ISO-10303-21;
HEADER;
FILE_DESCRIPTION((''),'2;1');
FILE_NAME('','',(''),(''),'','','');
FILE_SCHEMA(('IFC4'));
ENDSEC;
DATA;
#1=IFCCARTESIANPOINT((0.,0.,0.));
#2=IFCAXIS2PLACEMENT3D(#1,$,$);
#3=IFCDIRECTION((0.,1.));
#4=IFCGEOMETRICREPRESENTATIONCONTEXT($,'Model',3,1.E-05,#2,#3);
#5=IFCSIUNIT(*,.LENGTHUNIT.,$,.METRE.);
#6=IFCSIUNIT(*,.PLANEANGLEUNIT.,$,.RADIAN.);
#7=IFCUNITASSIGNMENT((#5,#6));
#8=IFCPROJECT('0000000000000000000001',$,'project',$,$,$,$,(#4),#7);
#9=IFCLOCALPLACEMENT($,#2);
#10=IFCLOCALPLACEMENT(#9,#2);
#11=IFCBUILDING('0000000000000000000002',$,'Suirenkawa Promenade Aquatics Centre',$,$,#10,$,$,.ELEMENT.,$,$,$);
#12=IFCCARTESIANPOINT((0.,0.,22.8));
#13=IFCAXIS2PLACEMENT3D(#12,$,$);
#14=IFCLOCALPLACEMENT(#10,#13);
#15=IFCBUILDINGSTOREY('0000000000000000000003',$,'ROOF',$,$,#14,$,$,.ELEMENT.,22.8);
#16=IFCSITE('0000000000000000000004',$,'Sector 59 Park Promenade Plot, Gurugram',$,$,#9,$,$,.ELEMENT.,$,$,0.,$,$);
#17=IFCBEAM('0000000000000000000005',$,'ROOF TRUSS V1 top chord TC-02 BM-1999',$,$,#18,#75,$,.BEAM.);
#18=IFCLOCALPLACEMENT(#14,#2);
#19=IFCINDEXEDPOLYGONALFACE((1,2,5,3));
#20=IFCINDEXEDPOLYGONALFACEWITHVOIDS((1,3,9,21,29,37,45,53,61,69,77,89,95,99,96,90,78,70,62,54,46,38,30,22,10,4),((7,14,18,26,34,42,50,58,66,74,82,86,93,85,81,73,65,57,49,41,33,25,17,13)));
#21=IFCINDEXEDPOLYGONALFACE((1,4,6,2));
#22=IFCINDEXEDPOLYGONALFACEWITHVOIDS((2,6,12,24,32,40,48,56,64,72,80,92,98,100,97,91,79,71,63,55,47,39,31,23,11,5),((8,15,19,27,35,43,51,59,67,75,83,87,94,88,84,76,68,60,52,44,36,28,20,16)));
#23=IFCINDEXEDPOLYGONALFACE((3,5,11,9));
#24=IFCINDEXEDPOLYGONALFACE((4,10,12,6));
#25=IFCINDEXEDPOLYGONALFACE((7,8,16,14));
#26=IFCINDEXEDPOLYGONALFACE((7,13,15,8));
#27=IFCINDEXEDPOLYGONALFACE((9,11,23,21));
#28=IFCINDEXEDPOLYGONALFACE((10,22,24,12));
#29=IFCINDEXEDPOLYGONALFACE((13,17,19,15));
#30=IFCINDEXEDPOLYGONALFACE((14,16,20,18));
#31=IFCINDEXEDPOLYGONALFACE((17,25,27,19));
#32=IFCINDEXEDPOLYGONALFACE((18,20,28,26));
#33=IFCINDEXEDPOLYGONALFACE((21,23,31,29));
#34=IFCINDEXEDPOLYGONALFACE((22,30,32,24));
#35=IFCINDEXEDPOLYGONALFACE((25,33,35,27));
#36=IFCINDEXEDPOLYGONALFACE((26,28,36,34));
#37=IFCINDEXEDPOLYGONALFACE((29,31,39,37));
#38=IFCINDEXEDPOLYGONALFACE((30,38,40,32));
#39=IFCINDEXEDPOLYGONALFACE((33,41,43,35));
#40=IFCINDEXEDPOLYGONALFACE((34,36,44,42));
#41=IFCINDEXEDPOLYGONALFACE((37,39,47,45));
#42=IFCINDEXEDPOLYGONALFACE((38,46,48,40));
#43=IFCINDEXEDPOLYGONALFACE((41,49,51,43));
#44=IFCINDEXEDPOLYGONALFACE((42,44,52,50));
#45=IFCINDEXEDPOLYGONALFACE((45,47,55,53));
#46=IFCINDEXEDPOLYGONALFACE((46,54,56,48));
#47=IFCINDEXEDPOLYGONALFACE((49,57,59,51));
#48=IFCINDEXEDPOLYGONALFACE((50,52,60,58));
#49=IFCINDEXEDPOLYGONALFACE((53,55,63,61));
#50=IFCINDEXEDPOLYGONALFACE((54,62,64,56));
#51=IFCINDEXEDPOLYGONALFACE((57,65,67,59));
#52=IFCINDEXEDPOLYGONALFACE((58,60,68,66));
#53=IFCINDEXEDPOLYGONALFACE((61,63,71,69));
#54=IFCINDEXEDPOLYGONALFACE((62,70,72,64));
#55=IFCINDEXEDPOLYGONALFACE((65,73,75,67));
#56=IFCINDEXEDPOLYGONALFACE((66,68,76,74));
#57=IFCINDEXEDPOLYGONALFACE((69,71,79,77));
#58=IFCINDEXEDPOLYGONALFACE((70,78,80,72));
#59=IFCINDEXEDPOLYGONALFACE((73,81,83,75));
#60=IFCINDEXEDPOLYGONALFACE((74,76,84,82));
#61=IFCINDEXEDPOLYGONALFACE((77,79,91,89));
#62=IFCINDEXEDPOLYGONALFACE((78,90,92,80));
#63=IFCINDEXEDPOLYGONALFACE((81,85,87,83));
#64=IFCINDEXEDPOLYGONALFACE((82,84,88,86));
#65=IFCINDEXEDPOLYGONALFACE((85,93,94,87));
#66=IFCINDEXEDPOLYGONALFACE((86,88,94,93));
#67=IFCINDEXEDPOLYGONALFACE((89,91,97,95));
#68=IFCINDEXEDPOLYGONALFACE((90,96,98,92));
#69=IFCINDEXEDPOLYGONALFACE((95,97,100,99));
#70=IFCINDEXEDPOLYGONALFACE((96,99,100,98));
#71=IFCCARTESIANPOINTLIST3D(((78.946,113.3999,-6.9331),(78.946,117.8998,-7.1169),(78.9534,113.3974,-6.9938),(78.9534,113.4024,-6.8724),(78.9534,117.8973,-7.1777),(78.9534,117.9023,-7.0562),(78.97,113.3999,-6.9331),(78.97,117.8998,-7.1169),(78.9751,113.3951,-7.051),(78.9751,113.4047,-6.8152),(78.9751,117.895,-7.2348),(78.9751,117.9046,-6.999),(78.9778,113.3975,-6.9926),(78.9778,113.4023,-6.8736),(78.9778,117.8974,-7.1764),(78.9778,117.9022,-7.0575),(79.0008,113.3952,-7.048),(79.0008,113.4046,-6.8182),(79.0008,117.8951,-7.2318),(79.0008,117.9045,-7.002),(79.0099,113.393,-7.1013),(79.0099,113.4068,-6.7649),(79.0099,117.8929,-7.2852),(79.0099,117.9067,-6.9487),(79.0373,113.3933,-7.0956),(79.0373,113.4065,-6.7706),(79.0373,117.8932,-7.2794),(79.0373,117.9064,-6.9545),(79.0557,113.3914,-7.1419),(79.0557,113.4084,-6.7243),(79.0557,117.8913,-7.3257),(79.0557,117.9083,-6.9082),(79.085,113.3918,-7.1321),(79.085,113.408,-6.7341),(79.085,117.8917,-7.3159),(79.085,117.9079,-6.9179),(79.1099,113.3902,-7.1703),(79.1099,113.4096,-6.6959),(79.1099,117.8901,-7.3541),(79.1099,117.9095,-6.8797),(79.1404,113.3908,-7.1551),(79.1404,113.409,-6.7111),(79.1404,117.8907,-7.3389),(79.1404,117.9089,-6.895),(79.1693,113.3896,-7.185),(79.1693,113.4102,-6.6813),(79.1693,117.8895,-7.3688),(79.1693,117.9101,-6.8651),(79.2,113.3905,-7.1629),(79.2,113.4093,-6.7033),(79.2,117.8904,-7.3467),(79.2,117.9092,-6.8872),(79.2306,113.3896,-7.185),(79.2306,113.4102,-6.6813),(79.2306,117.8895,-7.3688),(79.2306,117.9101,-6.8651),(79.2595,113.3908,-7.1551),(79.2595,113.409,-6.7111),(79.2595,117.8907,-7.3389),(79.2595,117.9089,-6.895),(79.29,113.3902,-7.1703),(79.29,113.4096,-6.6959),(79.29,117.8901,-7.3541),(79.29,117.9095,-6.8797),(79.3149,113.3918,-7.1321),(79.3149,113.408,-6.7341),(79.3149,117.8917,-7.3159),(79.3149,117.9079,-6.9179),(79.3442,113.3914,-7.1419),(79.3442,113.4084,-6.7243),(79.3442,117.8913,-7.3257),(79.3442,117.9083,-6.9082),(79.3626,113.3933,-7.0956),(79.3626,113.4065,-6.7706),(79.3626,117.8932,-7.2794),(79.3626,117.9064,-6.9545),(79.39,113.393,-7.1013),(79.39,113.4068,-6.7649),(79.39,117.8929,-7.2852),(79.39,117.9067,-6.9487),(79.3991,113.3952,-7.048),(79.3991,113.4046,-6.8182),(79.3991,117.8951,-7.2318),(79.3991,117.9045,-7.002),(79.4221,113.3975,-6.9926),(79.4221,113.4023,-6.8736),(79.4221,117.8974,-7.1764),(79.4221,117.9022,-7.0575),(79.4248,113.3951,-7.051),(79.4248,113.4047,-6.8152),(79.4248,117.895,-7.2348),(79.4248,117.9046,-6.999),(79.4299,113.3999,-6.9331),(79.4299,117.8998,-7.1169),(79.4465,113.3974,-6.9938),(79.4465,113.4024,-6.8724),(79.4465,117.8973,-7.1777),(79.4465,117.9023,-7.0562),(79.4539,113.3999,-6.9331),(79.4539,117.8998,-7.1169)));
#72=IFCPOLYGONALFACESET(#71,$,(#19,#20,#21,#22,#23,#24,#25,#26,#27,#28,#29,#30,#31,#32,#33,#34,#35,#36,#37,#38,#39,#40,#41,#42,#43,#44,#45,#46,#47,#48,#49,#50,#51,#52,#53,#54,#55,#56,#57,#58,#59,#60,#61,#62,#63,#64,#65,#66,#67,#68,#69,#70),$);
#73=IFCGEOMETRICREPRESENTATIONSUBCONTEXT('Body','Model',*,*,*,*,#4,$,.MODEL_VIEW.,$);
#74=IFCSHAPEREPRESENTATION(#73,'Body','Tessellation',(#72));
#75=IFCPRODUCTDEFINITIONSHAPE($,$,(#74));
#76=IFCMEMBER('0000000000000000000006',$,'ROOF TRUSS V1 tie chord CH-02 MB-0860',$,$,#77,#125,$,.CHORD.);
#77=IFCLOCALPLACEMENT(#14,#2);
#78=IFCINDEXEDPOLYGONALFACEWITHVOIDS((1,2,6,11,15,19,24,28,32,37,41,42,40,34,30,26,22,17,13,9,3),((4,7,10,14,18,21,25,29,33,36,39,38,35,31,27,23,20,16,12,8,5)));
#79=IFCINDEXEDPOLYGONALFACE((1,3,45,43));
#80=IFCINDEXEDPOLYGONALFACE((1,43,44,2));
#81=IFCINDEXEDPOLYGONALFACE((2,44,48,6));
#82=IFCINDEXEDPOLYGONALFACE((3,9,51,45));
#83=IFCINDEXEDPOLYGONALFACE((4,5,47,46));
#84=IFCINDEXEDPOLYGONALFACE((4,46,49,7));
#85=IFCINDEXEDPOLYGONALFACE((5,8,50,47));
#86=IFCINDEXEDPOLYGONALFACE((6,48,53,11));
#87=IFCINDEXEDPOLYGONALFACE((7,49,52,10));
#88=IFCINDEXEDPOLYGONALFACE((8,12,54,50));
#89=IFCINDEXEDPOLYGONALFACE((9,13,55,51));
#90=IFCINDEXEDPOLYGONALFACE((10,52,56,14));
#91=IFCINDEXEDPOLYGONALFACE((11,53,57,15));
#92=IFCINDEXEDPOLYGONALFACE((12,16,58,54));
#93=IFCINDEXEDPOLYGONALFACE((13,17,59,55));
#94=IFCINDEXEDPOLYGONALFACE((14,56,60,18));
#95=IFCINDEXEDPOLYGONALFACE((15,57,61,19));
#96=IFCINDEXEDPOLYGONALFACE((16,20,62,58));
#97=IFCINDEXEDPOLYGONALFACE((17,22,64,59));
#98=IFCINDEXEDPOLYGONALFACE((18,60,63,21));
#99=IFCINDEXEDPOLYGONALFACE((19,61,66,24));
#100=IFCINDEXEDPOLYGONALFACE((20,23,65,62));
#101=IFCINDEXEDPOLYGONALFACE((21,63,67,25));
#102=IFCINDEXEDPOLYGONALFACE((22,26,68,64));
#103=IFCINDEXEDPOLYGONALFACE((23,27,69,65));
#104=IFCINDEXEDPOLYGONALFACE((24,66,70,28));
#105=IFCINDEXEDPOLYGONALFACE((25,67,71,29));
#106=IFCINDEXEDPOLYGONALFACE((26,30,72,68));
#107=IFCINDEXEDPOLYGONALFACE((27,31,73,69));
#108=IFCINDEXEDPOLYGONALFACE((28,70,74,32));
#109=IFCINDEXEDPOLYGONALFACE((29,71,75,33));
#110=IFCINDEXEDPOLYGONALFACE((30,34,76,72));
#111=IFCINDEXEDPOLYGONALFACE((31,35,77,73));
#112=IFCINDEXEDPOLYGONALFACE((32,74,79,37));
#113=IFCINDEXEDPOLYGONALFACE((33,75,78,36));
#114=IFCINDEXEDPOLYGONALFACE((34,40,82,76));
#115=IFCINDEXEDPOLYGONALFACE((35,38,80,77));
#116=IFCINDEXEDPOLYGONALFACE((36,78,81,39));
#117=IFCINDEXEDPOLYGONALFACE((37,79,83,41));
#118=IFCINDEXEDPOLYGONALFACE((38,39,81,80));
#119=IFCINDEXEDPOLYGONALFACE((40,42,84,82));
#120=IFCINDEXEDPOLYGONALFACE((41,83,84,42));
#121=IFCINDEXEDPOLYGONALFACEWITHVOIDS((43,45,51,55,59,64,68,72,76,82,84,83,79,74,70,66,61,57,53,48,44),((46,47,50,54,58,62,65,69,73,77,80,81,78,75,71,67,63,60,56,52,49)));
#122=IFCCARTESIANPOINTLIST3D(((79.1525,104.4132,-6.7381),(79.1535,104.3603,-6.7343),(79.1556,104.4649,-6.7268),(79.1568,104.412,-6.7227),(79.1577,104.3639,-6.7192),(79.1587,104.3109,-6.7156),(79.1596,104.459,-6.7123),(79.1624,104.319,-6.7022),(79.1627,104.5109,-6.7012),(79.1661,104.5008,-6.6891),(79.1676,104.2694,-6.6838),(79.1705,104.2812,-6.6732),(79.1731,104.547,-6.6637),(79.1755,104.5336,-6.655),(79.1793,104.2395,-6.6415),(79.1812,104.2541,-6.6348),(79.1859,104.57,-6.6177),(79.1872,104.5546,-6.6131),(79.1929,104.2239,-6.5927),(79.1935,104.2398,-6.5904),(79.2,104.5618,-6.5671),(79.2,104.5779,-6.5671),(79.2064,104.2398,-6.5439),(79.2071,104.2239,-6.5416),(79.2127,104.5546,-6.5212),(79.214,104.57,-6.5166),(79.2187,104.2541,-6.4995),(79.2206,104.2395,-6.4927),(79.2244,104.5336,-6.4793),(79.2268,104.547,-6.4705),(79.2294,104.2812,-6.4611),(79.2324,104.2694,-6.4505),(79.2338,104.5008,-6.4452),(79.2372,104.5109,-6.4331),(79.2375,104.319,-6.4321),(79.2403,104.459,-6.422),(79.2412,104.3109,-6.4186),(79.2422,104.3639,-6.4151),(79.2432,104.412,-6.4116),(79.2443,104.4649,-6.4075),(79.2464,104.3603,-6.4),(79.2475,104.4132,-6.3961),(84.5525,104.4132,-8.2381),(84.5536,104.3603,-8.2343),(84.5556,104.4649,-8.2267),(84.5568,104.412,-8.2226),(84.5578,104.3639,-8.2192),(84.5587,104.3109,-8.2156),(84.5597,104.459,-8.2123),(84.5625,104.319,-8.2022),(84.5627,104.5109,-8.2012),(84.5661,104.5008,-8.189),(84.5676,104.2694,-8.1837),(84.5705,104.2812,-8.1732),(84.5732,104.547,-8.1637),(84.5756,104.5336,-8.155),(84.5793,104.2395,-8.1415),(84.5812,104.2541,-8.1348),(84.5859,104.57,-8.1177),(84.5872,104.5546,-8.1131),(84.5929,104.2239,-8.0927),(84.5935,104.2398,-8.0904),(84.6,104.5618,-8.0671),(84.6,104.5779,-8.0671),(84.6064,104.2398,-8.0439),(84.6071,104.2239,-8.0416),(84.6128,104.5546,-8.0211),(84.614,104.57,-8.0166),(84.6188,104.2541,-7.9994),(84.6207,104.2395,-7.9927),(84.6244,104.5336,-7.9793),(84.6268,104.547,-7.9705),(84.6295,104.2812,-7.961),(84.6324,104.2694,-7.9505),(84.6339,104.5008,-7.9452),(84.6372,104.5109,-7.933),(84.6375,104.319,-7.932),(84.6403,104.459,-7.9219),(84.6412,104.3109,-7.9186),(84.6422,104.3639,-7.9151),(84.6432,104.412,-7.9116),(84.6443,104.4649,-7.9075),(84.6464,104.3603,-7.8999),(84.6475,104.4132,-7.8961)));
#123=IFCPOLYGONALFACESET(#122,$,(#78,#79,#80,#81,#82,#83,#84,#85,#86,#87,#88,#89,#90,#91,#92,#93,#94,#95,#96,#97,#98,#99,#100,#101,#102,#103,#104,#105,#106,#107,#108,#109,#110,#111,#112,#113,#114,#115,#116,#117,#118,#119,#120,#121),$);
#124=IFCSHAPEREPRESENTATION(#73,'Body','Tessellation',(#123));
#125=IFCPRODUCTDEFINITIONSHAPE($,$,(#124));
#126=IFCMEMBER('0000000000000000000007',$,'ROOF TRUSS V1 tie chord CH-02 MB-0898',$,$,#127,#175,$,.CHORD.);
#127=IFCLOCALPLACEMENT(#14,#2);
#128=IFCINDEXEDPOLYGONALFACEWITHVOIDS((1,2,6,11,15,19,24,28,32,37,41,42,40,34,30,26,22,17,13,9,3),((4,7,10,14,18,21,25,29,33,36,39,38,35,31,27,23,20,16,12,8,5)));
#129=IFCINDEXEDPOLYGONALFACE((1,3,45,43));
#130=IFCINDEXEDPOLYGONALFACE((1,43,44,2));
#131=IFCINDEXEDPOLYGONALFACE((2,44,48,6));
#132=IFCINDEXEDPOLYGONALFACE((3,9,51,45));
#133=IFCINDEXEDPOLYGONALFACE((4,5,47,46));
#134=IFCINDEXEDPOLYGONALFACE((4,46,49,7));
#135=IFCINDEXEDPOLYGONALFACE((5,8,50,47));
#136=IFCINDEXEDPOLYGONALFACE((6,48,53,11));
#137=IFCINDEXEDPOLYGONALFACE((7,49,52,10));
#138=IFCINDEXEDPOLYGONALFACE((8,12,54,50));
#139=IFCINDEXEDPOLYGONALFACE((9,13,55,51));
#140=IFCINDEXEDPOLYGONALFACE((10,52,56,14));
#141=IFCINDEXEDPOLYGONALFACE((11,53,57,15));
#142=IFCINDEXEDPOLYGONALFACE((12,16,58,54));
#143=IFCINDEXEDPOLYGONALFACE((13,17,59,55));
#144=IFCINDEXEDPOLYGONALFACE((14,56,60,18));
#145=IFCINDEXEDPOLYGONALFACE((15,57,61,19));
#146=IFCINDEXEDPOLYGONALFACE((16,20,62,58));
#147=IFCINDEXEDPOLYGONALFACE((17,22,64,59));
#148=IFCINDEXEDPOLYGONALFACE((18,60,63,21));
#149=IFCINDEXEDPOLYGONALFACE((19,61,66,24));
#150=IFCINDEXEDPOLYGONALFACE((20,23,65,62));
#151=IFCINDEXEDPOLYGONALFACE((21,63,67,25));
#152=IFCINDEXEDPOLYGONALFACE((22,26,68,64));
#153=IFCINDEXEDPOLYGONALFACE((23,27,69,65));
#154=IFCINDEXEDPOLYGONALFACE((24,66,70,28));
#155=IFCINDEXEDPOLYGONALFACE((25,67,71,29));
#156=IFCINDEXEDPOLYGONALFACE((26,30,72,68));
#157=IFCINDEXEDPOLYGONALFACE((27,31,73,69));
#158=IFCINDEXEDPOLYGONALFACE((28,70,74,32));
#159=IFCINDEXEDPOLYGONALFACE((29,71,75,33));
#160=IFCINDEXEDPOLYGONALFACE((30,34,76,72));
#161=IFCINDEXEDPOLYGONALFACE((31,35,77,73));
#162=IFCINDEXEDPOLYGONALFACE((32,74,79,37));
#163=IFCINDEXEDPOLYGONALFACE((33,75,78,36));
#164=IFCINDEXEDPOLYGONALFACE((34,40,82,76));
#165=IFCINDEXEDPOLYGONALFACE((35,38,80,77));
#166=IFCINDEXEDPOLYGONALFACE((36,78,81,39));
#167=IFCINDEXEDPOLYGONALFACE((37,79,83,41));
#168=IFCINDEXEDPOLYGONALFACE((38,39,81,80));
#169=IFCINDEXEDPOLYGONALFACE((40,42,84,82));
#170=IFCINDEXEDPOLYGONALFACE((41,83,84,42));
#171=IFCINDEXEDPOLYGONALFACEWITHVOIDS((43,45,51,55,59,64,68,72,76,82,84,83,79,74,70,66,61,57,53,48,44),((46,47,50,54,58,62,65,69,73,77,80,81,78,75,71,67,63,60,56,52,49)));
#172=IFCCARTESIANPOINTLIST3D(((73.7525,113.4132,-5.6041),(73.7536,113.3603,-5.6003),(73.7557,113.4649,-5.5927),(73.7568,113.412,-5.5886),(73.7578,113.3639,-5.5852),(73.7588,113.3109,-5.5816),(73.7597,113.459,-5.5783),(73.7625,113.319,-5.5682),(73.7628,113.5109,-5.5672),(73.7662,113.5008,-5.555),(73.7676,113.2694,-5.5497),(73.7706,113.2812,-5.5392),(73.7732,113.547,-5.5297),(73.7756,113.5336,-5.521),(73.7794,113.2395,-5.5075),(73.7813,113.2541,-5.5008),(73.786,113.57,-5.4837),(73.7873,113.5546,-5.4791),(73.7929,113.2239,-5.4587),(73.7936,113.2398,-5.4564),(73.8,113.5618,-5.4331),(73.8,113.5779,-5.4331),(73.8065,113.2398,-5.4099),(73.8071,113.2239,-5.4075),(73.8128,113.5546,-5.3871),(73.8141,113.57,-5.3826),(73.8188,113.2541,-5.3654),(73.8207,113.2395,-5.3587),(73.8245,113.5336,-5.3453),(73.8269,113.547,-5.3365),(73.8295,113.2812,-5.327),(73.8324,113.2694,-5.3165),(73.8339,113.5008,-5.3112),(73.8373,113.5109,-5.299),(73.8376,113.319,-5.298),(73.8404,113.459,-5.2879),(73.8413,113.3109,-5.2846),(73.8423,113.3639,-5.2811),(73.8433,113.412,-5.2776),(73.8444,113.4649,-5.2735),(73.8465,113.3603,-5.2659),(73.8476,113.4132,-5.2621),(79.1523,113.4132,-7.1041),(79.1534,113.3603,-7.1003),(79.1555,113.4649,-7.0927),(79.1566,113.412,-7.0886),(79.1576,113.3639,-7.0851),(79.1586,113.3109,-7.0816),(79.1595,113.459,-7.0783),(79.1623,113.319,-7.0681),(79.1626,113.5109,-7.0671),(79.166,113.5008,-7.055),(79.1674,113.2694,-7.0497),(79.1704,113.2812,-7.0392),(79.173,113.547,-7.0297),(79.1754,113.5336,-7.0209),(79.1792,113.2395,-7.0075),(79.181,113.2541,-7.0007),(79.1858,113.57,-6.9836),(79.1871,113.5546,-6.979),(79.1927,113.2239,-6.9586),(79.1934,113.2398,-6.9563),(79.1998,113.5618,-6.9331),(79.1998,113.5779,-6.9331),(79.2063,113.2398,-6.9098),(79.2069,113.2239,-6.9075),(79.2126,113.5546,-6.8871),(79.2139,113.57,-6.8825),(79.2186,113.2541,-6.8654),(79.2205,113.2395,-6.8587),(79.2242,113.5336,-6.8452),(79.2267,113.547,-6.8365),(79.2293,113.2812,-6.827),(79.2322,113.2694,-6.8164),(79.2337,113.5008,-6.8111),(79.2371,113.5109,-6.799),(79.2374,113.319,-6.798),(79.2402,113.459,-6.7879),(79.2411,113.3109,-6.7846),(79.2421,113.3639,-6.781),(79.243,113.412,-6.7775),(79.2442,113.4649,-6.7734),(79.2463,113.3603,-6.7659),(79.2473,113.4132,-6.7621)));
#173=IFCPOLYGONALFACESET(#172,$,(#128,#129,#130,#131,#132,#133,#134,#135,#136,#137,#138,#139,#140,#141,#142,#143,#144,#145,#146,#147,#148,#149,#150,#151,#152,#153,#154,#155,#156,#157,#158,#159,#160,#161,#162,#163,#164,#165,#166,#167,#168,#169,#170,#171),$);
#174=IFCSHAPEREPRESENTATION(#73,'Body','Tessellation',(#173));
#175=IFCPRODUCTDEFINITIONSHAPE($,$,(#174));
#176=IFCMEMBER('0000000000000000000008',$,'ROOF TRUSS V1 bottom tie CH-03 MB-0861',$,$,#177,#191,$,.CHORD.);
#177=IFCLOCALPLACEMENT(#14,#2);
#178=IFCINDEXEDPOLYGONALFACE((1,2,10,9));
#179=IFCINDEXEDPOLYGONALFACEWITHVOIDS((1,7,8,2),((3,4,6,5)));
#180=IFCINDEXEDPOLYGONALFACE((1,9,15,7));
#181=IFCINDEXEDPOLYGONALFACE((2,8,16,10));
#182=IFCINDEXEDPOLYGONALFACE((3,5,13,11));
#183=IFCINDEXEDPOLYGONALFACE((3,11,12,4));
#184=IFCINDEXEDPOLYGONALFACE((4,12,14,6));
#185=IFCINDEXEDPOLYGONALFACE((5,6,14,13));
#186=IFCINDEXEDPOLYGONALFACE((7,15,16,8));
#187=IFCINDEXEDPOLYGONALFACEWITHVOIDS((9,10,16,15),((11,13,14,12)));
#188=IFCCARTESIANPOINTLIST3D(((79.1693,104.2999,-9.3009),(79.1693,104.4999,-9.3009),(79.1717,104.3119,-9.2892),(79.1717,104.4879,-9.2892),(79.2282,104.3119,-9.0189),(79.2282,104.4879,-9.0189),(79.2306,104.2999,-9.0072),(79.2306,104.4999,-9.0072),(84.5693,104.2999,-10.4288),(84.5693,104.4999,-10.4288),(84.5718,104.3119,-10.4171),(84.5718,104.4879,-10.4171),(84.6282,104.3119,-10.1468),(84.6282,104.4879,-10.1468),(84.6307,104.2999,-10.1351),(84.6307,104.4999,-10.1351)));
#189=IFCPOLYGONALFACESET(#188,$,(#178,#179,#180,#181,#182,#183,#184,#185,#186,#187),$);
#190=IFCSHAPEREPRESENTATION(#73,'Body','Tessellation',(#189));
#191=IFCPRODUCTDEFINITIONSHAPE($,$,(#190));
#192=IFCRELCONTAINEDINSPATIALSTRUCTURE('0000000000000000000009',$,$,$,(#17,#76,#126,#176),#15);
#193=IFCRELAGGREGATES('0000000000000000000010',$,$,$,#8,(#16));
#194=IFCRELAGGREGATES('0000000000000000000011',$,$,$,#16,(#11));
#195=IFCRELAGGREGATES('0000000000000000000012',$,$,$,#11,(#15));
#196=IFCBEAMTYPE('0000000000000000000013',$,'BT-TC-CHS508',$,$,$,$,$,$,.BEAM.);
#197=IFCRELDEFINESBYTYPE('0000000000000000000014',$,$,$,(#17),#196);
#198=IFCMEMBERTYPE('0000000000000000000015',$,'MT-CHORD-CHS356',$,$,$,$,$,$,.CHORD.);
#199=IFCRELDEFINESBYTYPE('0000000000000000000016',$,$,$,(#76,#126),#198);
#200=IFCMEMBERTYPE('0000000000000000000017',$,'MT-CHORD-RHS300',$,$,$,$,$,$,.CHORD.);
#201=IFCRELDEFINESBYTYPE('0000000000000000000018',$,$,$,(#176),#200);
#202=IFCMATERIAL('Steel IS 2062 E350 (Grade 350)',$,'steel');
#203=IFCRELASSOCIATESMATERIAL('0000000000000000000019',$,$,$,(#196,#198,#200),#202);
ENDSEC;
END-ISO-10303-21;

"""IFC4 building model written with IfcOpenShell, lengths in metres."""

from ifc_helpers import new_model, si_unit, direction, frame, origin, origin_2d, place, context, subcontext, project, spatial, hollow_rectangle, hollow_circle, extrude, material, material_profile, profile_set, type_object, element, save


model = new_model("IFC4")

# Units and contexts
model_context = context("Model", 3, precision=1e-05, world=origin(), true_north=direction((0.0, 1.0)))
body_context = subcontext(model_context, "Body", "Model", "MODEL_VIEW")
ifc_project = project(units=[si_unit("LENGTHUNIT", "METRE"), si_unit("PLANEANGLEUNIT", "RADIAN")], contexts=[model_context])

# Site, building, storey
site_placement = place(None, origin())
site = spatial("IfcSite", under=ifc_project, at=site_placement, Name="Sector 59 Park Promenade Plot, Gurugram", CompositionType="ELEMENT", RefElevation=0.0)
building_placement = place(site_placement, origin())
building = spatial("IfcBuilding", under=site, at=building_placement, Name="Suirenkawa Promenade Aquatics Centre", CompositionType="ELEMENT")
storey_placement = place(building_placement, frame((0.0, 0.0, 22.8)))
storey = spatial("IfcBuildingStorey", under=building, at=storey_placement, Name="ROOF", CompositionType="ELEMENT", Elevation=22.8)

# Beam
ifc_material = material(Name="Steel IS 2062 E350 (Grade 350)", Category="steel")
ifc_material_profile_1 = material_profile(ifc_material, hollow_circle(Radius=0.2539, WallThickness=0.0239, at=origin_2d()), Name="CHS 508x24", Category="steel")
ifc_profile_set_1 = profile_set([ifc_material_profile_1], Name="Steel IS 2062 E350 (Grade 350)")
beam_type_1 = type_object("IfcBeamType", Name="BT-TC-CHS508", PredefinedType="BEAM", material=ifc_profile_set_1)
for number, where, z_axis, x_axis, name in (
    (1, (79.2, 113.3999, -6.9331), (0.0, 0.999167, -0.040819), (-1.0, 0.0, 0.0), "ROOF TRUSS V1 top chord TC-02 BM-1999"),
):
    element("IfcBeam", number, at=place(storey_placement, frame(where, z_axis=z_axis, x_axis=x_axis)), inside=storey, type_object=beam_type_1, Name=name, PredefinedType="BEAM", context=body_context, shape_type="SweptSolid", body=[
        extrude(hollow_circle(Radius=0.2539, WallThickness=0.0239, at=origin_2d()), origin(), (0.0, 0.0, 1.0), 4.5037),
    ])

# Members
ifc_material_profile_2 = material_profile(ifc_material, hollow_circle(Radius=0.178, WallThickness=0.0161, at=origin_2d()), Name="CHS 356x16", Category="steel")
ifc_profile_set_2 = profile_set([ifc_material_profile_2], Name="Steel IS 2062 E350 (Grade 350)")
member_type_1 = type_object("IfcMemberType", Name="MT-CHORD-CHS356", PredefinedType="CHORD", material=ifc_profile_set_2)
member_1_placement = place(storey_placement, frame((79.2, 104.3999, -6.5671), z_axis=(0.96352, 0.0, -0.267637), x_axis=(0.0, 1.0, 0.0)))
element("IfcMember", 2, at=member_1_placement, inside=storey, type_object=member_type_1, Name="ROOF TRUSS V1 tie chord CH-02 MB-0860", PredefinedType="CHORD", context=body_context, shape_type="SweptSolid", body=[
    extrude(hollow_circle(Radius=0.178, WallThickness=0.0161, at=origin_2d()), origin(), (0.0, 0.0, 1.0), 5.6045),
])
member_2_placement = place(storey_placement, frame((73.8, 113.3999, -5.4331), z_axis=(0.963517, 0.0, -0.267648), x_axis=(0.0, 1.0, 0.0)))
element("IfcMember", 3, at=member_2_placement, inside=storey, type_object=member_type_1, Name="ROOF TRUSS V1 tie chord CH-02 MB-0898", PredefinedType="CHORD", context=body_context, shape_type="SweptSolid", body=[
    extrude(hollow_circle(Radius=0.178, WallThickness=0.0161, at=origin_2d()), origin(), (0.0, 0.0, 1.0), 5.6042),
])
ifc_material_profile_3 = material_profile(ifc_material, hollow_rectangle(XDim=0.2, YDim=0.3, WallThickness=0.012, at=origin_2d()), Name="RHS 300x200x12", Category="steel")
ifc_profile_set_3 = profile_set([ifc_material_profile_3], Name="Steel IS 2062 E350 (Grade 350)")
member_type_2 = type_object("IfcMemberType", Name="MT-CHORD-RHS300", PredefinedType="CHORD", material=ifc_profile_set_3)
member_3_placement = place(storey_placement, frame((79.2, 104.3999, -9.1541), z_axis=(0.978875, 0.0, -0.204458), x_axis=(0.0, 1.0, 0.0)))
element("IfcMember", 4, at=member_3_placement, inside=storey, type_object=member_type_2, Name="ROOF TRUSS V1 bottom tie CH-03 MB-0861", PredefinedType="CHORD", context=body_context, shape_type="SweptSolid", body=[
    extrude(hollow_rectangle(XDim=0.2, YDim=0.3, WallThickness=0.012, at=origin_2d()), origin(), (0.0, 0.0, 1.0), 5.5166),
])

save(model, "model.ifc")
